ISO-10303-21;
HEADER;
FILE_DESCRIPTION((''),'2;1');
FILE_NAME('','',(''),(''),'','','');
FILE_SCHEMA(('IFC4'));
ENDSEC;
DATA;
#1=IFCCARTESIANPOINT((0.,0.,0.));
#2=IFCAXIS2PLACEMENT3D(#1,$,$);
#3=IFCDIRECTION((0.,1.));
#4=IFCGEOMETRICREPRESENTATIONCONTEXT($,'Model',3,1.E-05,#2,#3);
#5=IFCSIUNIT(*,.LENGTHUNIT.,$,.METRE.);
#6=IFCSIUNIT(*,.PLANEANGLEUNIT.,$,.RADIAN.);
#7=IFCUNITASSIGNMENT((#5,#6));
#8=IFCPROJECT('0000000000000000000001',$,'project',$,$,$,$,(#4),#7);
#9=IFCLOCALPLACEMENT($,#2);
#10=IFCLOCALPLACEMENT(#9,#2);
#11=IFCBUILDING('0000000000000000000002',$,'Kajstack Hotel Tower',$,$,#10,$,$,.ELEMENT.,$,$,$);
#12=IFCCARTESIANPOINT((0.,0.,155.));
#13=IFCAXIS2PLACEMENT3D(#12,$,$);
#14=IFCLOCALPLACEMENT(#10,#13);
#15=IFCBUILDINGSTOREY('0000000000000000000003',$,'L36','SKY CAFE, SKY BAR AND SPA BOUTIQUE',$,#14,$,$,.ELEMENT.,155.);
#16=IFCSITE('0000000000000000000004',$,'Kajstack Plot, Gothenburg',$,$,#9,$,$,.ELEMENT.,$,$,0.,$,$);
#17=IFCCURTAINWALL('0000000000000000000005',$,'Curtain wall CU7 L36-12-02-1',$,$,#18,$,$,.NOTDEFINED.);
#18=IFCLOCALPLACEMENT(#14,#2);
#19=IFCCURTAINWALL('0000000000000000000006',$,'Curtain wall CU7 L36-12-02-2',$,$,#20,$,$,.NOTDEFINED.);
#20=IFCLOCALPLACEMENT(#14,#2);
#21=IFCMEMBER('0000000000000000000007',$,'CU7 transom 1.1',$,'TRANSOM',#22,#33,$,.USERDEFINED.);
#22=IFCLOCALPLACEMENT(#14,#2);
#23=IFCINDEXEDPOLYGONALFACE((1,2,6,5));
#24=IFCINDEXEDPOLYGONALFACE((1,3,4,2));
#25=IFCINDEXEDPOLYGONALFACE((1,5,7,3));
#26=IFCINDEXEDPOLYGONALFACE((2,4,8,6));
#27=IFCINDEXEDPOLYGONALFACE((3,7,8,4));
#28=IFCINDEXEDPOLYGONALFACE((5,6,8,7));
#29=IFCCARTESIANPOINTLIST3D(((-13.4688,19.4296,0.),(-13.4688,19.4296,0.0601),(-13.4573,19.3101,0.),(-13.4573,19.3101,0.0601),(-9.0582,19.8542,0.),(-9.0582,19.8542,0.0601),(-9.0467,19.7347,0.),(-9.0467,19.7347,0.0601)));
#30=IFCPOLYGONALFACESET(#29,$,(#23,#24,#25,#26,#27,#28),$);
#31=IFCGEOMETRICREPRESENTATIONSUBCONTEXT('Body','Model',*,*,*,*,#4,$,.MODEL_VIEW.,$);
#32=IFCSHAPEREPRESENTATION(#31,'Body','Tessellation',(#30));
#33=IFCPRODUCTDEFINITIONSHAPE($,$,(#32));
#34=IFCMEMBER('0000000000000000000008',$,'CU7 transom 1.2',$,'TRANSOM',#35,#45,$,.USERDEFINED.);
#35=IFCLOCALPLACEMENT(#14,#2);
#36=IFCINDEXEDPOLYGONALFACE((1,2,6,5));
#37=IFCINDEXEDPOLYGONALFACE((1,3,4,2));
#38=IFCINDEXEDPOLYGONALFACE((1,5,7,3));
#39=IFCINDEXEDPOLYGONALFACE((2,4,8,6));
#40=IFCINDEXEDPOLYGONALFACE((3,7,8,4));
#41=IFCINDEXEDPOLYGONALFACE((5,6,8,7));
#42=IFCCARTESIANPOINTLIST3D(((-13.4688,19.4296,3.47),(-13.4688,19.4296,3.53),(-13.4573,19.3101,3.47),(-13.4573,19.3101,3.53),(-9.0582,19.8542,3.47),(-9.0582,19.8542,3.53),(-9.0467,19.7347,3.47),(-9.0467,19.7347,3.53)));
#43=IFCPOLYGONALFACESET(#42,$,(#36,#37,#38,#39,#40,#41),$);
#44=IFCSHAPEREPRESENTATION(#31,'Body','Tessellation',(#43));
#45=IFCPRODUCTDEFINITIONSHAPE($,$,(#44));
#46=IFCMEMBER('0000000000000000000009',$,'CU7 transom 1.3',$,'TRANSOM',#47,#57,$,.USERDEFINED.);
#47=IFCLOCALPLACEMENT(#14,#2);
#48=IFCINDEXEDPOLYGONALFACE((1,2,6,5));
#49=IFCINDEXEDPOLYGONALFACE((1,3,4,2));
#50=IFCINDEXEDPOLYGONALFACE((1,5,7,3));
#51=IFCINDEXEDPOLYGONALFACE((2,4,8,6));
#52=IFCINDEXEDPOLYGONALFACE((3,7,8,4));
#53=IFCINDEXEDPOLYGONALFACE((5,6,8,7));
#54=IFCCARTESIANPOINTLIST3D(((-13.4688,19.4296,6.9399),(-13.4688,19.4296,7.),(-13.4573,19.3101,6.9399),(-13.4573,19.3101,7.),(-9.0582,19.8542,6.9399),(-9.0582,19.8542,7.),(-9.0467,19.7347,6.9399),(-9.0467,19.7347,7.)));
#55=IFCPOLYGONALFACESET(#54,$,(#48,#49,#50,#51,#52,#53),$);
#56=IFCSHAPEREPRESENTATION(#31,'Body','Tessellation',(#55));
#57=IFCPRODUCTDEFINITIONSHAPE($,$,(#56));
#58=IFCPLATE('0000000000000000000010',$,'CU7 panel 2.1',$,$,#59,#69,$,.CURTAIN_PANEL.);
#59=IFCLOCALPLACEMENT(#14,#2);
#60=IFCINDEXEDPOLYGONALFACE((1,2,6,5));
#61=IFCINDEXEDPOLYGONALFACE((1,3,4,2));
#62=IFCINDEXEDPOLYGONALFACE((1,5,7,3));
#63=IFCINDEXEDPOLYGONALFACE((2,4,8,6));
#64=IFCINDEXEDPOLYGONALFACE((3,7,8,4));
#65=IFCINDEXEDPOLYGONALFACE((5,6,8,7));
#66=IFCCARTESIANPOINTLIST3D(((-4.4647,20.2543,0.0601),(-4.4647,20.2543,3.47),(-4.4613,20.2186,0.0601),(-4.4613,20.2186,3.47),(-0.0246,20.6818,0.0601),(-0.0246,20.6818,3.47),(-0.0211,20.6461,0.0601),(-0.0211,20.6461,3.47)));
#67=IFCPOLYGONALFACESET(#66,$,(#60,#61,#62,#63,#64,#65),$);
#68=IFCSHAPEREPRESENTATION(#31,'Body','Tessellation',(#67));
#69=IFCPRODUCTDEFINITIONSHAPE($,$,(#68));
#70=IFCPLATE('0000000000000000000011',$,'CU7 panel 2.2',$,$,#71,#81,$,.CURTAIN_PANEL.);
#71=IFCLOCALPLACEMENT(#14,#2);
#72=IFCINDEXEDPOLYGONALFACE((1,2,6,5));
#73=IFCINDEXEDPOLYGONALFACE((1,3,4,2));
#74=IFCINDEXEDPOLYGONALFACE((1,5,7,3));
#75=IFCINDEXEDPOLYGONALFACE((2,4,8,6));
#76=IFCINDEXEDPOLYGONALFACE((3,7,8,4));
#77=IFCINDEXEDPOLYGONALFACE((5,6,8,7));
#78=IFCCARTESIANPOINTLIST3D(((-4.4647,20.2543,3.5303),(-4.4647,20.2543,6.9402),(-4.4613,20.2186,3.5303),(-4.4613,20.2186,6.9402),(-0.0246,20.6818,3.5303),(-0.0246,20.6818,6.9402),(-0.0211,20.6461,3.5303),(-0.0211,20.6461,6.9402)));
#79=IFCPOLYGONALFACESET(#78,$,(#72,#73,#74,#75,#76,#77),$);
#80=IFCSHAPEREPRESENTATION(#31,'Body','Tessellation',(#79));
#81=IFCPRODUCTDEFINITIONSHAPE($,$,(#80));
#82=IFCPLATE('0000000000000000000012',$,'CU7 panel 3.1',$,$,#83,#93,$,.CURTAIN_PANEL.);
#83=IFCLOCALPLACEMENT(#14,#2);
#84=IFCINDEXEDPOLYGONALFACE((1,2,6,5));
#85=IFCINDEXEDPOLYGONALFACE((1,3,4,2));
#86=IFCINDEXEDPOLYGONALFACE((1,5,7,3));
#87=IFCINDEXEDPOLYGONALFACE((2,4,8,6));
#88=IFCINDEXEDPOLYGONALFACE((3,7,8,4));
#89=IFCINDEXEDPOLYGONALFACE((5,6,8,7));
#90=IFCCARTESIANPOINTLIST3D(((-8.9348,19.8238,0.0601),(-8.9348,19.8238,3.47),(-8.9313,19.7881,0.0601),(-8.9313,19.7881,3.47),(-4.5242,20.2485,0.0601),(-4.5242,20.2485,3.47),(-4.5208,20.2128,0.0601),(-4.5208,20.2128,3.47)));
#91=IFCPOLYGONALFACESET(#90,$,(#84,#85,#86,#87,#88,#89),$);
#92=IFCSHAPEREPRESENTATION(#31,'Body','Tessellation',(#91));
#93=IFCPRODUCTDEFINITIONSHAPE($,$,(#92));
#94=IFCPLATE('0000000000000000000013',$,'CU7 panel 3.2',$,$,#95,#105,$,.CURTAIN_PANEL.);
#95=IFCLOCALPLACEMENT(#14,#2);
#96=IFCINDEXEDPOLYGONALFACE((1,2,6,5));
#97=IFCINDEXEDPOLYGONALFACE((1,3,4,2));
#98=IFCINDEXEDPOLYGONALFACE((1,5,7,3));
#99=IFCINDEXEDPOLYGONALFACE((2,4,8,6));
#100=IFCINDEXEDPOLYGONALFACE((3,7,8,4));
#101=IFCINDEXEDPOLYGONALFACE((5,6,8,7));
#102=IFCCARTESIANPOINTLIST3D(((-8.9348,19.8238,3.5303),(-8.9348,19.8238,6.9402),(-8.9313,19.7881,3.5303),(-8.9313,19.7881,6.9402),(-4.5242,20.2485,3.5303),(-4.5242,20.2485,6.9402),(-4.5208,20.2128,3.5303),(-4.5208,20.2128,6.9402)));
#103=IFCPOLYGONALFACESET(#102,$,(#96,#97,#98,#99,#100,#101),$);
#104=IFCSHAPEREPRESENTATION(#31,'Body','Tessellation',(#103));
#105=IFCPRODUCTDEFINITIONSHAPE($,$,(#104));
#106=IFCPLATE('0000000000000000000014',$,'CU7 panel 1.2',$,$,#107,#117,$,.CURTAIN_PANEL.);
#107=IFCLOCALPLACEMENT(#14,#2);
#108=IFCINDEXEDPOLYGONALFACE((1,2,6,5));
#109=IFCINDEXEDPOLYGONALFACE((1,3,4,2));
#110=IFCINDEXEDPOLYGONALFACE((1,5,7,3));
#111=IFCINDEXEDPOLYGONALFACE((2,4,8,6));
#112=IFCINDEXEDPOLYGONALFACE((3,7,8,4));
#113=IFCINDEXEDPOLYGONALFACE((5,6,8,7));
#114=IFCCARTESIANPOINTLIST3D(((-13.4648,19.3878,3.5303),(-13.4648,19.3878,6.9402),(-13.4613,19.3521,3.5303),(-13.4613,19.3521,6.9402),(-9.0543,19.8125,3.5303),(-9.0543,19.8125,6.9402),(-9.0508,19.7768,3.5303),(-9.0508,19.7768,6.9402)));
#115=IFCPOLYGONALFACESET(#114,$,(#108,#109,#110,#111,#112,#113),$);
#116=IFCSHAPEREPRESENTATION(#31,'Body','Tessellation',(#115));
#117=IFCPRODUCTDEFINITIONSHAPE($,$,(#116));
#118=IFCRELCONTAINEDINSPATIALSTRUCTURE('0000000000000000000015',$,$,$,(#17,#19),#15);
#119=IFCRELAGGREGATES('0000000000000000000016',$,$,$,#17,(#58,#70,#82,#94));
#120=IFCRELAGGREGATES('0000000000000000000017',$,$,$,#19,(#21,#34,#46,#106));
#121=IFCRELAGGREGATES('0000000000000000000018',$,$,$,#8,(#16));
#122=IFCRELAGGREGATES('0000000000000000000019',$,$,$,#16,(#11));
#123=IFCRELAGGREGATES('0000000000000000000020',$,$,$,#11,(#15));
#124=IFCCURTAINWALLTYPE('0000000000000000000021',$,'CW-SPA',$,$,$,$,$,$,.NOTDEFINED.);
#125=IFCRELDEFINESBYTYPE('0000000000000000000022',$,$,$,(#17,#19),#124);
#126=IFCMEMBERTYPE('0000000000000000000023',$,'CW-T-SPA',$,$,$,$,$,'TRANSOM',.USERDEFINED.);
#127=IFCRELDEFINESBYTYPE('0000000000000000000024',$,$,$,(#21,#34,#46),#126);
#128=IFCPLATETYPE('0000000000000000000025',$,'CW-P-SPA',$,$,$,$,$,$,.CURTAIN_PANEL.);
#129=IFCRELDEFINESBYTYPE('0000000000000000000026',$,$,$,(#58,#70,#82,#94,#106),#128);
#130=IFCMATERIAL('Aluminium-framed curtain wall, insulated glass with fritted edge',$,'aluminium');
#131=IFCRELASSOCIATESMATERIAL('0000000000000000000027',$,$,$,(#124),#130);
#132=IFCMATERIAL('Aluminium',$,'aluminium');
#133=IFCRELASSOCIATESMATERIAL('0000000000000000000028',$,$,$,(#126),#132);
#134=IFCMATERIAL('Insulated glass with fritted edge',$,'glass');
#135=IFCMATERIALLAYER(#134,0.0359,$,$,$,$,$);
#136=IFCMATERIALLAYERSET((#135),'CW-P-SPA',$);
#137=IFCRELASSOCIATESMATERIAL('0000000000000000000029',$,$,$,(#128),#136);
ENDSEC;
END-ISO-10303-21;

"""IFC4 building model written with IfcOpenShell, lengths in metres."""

from ifc_helpers import new_model, si_unit, direction, frame, origin, origin_2d, place, context, subcontext, project, spatial, rectangle, extrude, material, layer, layer_set, material_profile, profile_set, type_object, element, aggregate, save


model = new_model("IFC4")

# Units and contexts
model_context = context("Model", 3, precision=1e-05, world=origin(), true_north=direction((0.0, 1.0)))
body_context = subcontext(model_context, "Body", "Model", "MODEL_VIEW")
ifc_project = project(units=[si_unit("LENGTHUNIT", "METRE"), si_unit("PLANEANGLEUNIT", "RADIAN")], contexts=[model_context])

# Site, building, storey
site_placement = place(None, origin())
site = spatial("IfcSite", under=ifc_project, at=site_placement, Name="Kajstack Plot, Gothenburg", CompositionType="ELEMENT", RefElevation=0.0)
building_placement = place(site_placement, origin())
building = spatial("IfcBuilding", under=site, at=building_placement, Name="Kajstack Hotel Tower", CompositionType="ELEMENT")
storey_placement = place(building_placement, frame((0.0, 0.0, 155.0)))
storey = spatial("IfcBuildingStorey", under=building, at=storey_placement, Name="L36", Description="SKY CAFE, SKY BAR AND SPA BOUTIQUE", CompositionType="ELEMENT", Elevation=155.0)

# Curtain wall
ifc_material_1 = material(Name="Aluminium-framed curtain wall, insulated glass with fritted edge", Category="aluminium")
curtain_wall_type = type_object("IfcCurtainWallType", Name="CW-SPA", PredefinedType="NOTDEFINED", material=ifc_material_1)
curtain_wall_1_placement = place(storey_placement, origin())
curtain_wall_1 = element("IfcCurtainWall", 1, at=curtain_wall_1_placement, inside=storey, type_object=curtain_wall_type, Name="Curtain wall CU7 L36-12-02-1", PredefinedType="NOTDEFINED")
ifc_material_2 = material(Name="Aluminium", Category="aluminium")

# Curtain wall
curtain_wall_2_placement = place(storey_placement, origin())
curtain_wall_2 = element("IfcCurtainWall", 2, at=curtain_wall_2_placement, inside=storey, type_object=curtain_wall_type, Name="Curtain wall CU7 L36-12-02-2", PredefinedType="NOTDEFINED")

# Members
ifc_material_profile_1 = material_profile(ifc_material_2, rectangle(XDim=0.1201, YDim=0.0601, at=origin_2d()), Name="Aluminium transom 120 x 60")
ifc_profile_set_1 = profile_set([ifc_material_profile_1], Name="Aluminium")
member_type_1 = type_object("IfcMemberType", Name="CW-T-SPA", ElementType="TRANSOM", PredefinedType="USERDEFINED", material=ifc_profile_set_1)
member_1_placement = place(storey_placement, frame((-9.0525, 19.7944, 0.03), z_axis=(-0.995399, -0.095821, 0.0), x_axis=(0.095821, -0.995399, 0.0)))
member_1 = element("IfcMember", 3, at=member_1_placement, type_object=member_type_1, Name="CU7 transom 1.1", ObjectType="TRANSOM", PredefinedType="USERDEFINED", context=body_context, shape_type="SweptSolid", body=[
    extrude(rectangle(XDim=0.1201, YDim=0.0601, at=origin_2d()), origin(), (0.0, 0.0, 1.0), 4.4309),
])
member_2_placement = place(storey_placement, frame((-9.0525, 19.7944, 3.5), z_axis=(-0.995399, -0.095821, 0.0), x_axis=(0.095821, -0.995399, 0.0)))
member_2 = element("IfcMember", 4, at=member_2_placement, type_object=member_type_1, Name="CU7 transom 1.2", ObjectType="TRANSOM", PredefinedType="USERDEFINED", context=body_context, shape_type="SweptSolid", body=[
    extrude(rectangle(XDim=0.1201, YDim=0.0601, at=origin_2d()), origin(), (0.0, 0.0, 1.0), 4.4309),
])
member_3_placement = place(storey_placement, frame((-9.0525, 19.7944, 6.97), z_axis=(-0.995399, -0.095821, 0.0), x_axis=(0.095821, -0.995399, 0.0)))
member_3 = element("IfcMember", 5, at=member_3_placement, type_object=member_type_1, Name="CU7 transom 1.3", ObjectType="TRANSOM", PredefinedType="USERDEFINED", context=body_context, shape_type="SweptSolid", body=[
    extrude(rectangle(XDim=0.1201, YDim=0.0601, at=origin_2d()), origin(), (0.0, 0.0, 1.0), 4.4309),
])

# Plates
ifc_material_3 = material(Name="Insulated glass with fritted edge", Category="glass")
ifc_layer_1 = layer(ifc_material_3, 0.0359)
ifc_layer_set_1 = layer_set([ifc_layer_1], Name="CW-P-SPA")
plate_type = type_object("IfcPlateType", Name="CW-P-SPA", PredefinedType="CURTAIN_PANEL", material=ifc_layer_set_1)
plate_1_placement = place(storey_placement, frame((-2.2429, 20.4502, 0.0601), z_axis=(0.0, 0.0, 1.0), x_axis=(-0.995396, -0.095845, 0.0)))
plate_1 = element("IfcPlate", 6, at=plate_1_placement, type_object=plate_type, Name="CU7 panel 2.1", PredefinedType="CURTAIN_PANEL", context=body_context, shape_type="SweptSolid", body=[
    extrude(rectangle(XDim=4.4607, YDim=0.0359, at=origin_2d()), origin(), (0.0, 0.0, 1.0), 3.4099),
])
plate_2_placement = place(storey_placement, frame((-2.2429, 20.4502, 3.5303), z_axis=(0.0, 0.0, 1.0), x_axis=(-0.995396, -0.095845, 0.0)))
plate_2 = element("IfcPlate", 7, at=plate_2_placement, type_object=plate_type, Name="CU7 panel 2.2", PredefinedType="CURTAIN_PANEL", context=body_context, shape_type="SweptSolid", body=[
    extrude(rectangle(XDim=4.4607, YDim=0.0359, at=origin_2d()), origin(), (0.0, 0.0, 1.0), 3.4099),
])
plate_3_placement = place(storey_placement, frame((-6.7278, 20.0183, 0.0601), z_axis=(0.0, 0.0, 1.0), x_axis=(-0.995396, -0.095845, 0.0)))
plate_3 = element("IfcPlate", 8, at=plate_3_placement, type_object=plate_type, Name="CU7 panel 3.1", PredefinedType="CURTAIN_PANEL", context=body_context, shape_type="SweptSolid", body=[
    extrude(rectangle(XDim=4.4309, YDim=0.0359, at=origin_2d()), origin(), (0.0, 0.0, 1.0), 3.4099),
])
plate_4_placement = place(storey_placement, frame((-6.7278, 20.0183, 3.5303), z_axis=(0.0, 0.0, 1.0), x_axis=(-0.995396, -0.095845, 0.0)))
plate_4 = element("IfcPlate", 9, at=plate_4_placement, type_object=plate_type, Name="CU7 panel 3.2", PredefinedType="CURTAIN_PANEL", context=body_context, shape_type="SweptSolid", body=[
    extrude(rectangle(XDim=4.4309, YDim=0.0359, at=origin_2d()), origin(), (0.0, 0.0, 1.0), 3.4099),
])
aggregate(curtain_wall_1, [plate_1, plate_2, plate_3, plate_4])
plate_5_placement = place(storey_placement, frame((-11.2578, 19.5823, 3.5303), z_axis=(0.0, 0.0, 1.0), x_axis=(-0.995396, -0.095845, 0.0)))
plate_5 = element("IfcPlate", 10, at=plate_5_placement, type_object=plate_type, Name="CU7 panel 1.2", PredefinedType="CURTAIN_PANEL", context=body_context, shape_type="SweptSolid", body=[
    extrude(rectangle(XDim=4.4309, YDim=0.0359, at=origin_2d()), origin(), (0.0, 0.0, 1.0), 3.4099),
])
aggregate(curtain_wall_2, [member_1, member_2, member_3, plate_5])

save(model, "model.ifc")
